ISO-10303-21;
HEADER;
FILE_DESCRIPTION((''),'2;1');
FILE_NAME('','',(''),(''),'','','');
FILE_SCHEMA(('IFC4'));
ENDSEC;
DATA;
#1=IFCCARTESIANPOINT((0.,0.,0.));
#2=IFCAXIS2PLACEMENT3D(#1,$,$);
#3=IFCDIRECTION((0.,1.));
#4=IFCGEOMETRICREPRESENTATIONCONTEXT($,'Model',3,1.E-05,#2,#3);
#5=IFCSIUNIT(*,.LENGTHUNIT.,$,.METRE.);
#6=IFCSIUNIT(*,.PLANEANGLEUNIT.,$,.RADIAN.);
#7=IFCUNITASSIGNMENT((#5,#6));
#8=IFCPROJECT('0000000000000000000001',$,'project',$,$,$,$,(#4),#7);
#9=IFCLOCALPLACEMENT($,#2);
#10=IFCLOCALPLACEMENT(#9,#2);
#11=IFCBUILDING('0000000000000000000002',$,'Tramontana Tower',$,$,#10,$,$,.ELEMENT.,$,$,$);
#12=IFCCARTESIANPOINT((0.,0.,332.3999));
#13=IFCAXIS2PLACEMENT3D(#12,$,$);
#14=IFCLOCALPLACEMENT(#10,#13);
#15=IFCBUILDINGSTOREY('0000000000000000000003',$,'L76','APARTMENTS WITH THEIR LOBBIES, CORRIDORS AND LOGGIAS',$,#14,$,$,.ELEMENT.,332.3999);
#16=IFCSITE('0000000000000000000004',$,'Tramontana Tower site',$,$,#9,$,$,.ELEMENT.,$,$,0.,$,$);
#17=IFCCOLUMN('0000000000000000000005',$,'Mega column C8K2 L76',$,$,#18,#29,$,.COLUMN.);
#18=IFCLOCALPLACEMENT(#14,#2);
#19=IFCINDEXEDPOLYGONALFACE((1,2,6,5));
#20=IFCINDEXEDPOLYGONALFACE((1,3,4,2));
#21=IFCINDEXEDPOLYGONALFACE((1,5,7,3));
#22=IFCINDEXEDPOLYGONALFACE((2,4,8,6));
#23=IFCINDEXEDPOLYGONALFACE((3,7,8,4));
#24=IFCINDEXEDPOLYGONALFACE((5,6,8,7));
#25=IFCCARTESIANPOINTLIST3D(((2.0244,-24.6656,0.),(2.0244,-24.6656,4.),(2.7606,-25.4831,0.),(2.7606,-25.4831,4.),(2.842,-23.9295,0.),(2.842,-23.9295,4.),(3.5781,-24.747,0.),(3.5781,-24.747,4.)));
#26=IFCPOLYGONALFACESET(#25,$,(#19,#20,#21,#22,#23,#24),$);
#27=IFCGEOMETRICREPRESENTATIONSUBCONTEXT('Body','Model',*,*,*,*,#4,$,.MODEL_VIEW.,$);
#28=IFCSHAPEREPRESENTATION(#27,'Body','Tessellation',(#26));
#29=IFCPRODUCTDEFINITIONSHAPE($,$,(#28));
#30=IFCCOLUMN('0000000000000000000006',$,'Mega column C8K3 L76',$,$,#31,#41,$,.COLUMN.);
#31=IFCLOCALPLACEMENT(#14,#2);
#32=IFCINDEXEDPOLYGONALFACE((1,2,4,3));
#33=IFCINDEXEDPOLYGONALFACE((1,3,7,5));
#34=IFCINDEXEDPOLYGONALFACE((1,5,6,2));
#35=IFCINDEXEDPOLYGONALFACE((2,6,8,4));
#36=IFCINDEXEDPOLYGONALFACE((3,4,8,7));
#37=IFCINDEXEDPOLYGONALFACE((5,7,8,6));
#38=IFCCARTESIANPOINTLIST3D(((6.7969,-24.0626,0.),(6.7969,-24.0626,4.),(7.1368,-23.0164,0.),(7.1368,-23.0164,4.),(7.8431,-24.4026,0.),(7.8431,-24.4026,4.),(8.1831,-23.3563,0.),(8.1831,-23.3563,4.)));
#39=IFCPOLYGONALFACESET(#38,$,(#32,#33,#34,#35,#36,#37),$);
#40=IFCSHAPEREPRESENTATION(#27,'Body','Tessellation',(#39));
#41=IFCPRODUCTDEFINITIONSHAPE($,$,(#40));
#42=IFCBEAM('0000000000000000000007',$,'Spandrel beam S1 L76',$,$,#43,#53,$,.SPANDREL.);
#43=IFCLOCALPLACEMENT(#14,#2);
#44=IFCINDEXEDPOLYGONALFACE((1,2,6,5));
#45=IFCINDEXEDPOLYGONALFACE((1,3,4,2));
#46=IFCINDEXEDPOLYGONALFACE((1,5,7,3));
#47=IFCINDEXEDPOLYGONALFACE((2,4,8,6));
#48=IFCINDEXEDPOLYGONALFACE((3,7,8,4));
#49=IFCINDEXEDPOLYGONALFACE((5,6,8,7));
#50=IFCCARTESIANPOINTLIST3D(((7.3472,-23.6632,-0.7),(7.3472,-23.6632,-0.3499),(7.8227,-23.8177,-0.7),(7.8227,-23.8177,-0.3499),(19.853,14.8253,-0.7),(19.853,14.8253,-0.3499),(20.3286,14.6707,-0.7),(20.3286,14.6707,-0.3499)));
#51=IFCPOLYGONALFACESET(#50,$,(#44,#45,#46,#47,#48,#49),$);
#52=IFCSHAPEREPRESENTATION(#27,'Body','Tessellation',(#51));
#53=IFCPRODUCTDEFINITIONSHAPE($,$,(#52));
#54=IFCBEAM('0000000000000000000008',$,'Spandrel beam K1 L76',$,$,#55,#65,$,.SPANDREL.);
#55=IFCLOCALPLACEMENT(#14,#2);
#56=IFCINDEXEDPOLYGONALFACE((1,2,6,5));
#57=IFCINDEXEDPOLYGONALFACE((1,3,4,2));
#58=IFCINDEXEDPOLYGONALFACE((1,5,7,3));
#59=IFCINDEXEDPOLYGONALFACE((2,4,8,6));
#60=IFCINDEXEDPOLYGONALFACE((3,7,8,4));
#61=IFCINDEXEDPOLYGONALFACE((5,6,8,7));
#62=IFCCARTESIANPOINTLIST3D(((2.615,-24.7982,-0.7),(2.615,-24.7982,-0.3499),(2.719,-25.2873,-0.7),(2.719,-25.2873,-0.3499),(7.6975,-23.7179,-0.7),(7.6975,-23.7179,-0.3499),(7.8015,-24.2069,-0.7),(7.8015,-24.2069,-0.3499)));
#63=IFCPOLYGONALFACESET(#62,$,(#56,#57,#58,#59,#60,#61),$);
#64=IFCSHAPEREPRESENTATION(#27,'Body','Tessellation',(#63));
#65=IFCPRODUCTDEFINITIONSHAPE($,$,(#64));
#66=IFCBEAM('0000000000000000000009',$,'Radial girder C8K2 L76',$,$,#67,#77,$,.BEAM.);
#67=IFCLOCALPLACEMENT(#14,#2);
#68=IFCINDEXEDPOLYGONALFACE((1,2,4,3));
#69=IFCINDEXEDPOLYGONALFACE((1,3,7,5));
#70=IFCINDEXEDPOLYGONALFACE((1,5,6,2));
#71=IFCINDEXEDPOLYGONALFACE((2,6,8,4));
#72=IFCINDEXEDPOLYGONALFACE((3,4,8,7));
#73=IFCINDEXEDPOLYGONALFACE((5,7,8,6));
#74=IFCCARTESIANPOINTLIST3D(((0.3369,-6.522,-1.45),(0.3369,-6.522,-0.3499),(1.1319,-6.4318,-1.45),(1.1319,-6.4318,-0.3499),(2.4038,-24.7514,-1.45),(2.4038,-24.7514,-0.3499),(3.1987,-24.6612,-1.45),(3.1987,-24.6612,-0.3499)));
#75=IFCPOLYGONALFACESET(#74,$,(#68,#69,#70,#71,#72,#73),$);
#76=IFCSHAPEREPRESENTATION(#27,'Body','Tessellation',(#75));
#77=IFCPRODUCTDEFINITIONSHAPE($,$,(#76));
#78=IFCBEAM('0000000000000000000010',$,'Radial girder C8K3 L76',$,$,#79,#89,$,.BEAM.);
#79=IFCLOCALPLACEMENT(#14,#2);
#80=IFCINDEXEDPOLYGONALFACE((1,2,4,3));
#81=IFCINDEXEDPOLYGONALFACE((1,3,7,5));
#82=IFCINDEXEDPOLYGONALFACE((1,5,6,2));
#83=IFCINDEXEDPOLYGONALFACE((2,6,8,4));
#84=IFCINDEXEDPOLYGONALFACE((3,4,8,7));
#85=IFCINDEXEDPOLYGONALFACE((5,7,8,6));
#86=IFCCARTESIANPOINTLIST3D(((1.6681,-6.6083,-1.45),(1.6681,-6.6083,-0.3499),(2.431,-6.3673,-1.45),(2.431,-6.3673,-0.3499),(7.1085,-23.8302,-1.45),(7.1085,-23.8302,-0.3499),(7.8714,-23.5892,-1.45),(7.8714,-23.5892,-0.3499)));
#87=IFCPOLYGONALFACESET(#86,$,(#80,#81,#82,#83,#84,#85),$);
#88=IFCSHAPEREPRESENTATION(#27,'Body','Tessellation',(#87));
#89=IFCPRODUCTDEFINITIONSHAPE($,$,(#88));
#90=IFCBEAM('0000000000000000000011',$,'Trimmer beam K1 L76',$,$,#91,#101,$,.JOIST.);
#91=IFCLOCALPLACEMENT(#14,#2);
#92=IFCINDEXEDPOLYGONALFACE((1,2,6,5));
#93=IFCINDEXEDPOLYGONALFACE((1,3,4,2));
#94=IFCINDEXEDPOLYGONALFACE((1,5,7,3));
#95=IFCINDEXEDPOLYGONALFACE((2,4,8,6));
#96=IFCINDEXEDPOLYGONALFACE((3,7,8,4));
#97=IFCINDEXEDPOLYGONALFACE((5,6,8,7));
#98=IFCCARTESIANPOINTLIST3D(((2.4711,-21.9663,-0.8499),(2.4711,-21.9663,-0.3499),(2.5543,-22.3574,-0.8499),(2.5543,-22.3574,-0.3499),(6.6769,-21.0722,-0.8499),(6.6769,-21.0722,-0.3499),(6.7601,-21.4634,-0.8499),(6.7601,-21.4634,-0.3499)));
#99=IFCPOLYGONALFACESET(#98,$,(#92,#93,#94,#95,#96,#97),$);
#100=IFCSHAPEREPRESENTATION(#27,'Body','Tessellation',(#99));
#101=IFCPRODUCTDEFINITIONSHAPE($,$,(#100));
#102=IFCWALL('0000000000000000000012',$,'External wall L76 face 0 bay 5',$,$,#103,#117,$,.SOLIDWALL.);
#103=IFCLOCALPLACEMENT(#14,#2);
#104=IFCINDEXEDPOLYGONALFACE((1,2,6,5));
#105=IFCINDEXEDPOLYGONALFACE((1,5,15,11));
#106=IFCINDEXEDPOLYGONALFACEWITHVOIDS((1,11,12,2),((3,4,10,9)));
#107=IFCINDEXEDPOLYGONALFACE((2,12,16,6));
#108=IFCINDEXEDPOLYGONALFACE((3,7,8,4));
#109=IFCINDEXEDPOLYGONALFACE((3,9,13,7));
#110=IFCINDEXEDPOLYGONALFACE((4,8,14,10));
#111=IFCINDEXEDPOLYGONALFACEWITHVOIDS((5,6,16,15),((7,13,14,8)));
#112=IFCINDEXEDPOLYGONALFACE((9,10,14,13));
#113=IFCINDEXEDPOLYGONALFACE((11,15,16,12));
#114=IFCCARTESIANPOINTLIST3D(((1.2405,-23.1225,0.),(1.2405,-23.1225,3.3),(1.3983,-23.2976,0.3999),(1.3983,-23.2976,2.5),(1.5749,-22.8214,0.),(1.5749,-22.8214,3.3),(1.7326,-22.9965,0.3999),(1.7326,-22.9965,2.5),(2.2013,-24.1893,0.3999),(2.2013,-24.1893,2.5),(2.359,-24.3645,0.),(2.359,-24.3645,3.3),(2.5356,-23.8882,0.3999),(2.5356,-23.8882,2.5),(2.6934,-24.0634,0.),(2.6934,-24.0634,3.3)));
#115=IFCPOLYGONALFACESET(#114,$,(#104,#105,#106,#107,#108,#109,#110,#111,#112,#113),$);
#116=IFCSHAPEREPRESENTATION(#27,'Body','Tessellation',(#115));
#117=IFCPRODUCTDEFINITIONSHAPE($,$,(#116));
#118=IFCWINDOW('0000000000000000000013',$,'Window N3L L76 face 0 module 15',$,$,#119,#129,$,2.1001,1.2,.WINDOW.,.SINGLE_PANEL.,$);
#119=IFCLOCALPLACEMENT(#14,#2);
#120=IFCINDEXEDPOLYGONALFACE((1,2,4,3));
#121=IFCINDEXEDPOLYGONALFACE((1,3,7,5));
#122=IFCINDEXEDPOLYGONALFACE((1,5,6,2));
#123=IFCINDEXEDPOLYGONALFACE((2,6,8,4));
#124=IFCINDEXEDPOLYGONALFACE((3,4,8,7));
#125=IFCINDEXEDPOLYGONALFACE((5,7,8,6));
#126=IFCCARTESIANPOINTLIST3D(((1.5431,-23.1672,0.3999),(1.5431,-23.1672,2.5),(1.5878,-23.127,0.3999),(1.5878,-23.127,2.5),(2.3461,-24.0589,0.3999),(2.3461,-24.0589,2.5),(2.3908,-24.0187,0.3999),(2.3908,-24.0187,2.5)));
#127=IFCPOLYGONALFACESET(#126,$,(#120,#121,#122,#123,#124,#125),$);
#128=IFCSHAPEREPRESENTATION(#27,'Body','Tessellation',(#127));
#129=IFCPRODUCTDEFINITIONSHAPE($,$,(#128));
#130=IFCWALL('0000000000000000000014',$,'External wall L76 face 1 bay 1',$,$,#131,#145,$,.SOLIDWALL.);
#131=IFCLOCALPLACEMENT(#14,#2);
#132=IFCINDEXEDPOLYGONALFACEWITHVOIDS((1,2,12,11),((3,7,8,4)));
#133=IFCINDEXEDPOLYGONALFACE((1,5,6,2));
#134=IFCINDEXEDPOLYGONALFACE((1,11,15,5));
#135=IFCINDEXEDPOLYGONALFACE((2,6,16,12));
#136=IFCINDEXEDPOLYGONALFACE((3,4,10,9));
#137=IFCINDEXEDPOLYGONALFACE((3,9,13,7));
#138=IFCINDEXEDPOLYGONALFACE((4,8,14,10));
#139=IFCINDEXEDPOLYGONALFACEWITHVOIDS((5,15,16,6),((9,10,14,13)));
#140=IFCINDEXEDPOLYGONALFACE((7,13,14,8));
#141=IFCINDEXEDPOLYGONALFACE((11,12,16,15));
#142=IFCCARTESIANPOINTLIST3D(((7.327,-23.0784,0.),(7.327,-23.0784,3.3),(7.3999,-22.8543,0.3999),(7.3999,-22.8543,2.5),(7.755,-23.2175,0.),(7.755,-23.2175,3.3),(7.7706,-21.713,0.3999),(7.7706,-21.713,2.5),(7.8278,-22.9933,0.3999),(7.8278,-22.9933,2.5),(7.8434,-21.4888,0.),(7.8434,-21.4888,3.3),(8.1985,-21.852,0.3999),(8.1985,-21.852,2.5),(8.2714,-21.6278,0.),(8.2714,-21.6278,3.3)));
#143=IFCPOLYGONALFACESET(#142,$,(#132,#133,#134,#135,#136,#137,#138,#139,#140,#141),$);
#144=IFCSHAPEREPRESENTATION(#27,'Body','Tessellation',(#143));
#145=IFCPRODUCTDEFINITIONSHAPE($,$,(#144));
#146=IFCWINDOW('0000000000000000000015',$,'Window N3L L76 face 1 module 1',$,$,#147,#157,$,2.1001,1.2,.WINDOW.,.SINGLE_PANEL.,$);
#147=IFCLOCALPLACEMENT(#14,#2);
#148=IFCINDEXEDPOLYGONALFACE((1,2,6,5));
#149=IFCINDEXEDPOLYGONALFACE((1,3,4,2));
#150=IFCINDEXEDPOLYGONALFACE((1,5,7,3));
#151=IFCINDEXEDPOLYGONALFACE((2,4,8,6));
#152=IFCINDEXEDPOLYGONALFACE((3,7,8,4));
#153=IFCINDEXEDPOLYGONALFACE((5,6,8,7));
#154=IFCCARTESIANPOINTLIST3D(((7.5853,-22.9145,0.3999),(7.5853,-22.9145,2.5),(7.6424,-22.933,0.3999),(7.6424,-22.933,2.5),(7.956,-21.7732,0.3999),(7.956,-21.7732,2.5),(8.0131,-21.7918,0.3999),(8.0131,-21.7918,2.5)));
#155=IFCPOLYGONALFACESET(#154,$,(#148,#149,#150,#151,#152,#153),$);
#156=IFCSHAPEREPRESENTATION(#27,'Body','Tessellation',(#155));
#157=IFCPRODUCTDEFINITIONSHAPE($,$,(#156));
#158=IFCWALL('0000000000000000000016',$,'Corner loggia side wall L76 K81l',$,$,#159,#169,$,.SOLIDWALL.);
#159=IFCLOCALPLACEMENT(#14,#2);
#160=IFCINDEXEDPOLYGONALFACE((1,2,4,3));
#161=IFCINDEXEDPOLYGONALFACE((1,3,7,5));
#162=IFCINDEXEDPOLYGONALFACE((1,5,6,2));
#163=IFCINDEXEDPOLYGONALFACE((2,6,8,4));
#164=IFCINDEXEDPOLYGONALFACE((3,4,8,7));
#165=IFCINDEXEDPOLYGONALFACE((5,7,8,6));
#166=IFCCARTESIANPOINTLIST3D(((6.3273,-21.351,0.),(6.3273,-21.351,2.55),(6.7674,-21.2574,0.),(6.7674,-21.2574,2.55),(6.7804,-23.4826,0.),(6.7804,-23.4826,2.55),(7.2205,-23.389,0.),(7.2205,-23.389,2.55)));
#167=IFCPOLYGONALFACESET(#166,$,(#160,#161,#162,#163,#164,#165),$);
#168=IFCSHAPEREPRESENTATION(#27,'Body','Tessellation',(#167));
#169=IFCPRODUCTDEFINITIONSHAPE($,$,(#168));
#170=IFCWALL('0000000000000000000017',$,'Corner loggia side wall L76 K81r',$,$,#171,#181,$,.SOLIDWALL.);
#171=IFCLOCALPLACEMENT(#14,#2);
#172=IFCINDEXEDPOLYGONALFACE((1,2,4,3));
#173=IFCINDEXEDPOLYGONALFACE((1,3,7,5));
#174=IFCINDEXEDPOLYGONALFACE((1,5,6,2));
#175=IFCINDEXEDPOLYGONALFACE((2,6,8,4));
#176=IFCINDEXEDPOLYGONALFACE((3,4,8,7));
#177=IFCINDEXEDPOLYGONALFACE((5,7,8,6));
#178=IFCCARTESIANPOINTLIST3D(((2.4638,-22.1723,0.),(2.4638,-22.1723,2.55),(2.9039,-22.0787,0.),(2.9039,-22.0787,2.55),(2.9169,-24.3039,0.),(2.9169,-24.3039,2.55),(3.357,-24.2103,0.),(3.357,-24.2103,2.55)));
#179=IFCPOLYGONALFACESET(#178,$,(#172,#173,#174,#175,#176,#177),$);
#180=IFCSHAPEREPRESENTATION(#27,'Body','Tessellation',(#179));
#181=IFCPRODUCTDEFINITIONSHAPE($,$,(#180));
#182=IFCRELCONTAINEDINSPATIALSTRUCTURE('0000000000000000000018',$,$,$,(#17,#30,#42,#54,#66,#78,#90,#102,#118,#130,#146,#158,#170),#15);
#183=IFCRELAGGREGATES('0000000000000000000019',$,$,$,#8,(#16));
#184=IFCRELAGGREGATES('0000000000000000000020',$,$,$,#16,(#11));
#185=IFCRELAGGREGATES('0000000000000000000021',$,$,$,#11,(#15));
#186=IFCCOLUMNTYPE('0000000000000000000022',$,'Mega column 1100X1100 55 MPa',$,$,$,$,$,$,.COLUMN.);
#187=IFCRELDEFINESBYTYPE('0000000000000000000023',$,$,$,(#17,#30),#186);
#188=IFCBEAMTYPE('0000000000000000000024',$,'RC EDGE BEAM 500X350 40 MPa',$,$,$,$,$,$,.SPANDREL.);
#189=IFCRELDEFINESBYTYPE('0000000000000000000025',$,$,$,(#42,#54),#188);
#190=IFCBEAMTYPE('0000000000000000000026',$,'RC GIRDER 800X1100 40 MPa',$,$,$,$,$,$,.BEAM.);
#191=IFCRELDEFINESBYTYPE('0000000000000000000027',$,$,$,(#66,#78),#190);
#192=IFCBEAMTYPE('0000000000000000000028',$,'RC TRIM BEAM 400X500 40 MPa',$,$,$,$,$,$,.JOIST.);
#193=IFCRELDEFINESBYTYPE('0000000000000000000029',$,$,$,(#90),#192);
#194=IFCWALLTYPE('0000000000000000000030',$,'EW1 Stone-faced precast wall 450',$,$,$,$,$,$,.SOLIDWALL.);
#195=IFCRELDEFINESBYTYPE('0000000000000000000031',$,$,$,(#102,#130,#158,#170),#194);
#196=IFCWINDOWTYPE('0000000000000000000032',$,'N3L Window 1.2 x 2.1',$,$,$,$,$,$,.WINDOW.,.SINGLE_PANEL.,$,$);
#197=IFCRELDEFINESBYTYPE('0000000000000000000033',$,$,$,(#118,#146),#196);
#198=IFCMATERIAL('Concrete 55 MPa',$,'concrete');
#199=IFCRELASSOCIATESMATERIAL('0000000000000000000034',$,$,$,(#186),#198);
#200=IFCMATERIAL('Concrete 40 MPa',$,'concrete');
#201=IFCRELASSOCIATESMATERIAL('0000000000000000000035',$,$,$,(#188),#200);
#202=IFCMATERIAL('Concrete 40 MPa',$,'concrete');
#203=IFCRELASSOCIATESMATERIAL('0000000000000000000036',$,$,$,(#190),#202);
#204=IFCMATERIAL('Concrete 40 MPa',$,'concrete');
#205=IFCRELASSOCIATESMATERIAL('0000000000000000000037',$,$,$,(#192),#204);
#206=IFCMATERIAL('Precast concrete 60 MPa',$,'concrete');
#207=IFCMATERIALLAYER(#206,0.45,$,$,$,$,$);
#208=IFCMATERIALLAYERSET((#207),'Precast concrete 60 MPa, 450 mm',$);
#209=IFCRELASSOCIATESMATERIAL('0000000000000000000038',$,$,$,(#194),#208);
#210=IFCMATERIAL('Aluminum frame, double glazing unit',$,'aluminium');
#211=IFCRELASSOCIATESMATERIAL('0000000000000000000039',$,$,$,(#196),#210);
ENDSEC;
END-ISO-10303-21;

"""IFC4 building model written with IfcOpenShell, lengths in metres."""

from ifc_helpers import new_model, si_unit, direction, frame, frame_2d, origin, origin_2d, place, context, subcontext, project, spatial, rectangle, extrude, material, layer, layer_set, material_profile, profile_set, type_object, element, fill, save


model = new_model("IFC4")

# Units and contexts
model_context = context("Model", 3, precision=1e-05, world=origin(), true_north=direction((0.0, 1.0)))
body_context = subcontext(model_context, "Body", "Model", "MODEL_VIEW")
ifc_project = project(units=[si_unit("LENGTHUNIT", "METRE"), si_unit("PLANEANGLEUNIT", "RADIAN")], contexts=[model_context])

# Site, building, storey
site_placement = place(None, origin())
site = spatial("IfcSite", under=ifc_project, at=site_placement, Name="Tramontana Tower site", CompositionType="ELEMENT", RefElevation=0.0)
building_placement = place(site_placement, origin())
building = spatial("IfcBuilding", under=site, at=building_placement, Name="Tramontana Tower", CompositionType="ELEMENT")
storey_placement = place(building_placement, frame((0.0, 0.0, 332.3999)))
storey = spatial("IfcBuildingStorey", under=building, at=storey_placement, Name="L76", Description="APARTMENTS WITH THEIR LOBBIES, CORRIDORS AND LOGGIAS", CompositionType="ELEMENT", Elevation=332.3999)

# Columns
ifc_material_1 = material(Name="Concrete 55 MPa", Category="concrete")
ifc_material_profile_1 = material_profile(ifc_material_1, rectangle(XDim=1.1001, YDim=1.1001, at=origin_2d()), Name="Mega column 1100X1100 55 MPa")
ifc_profile_set_1 = profile_set([ifc_material_profile_1], Name="Concrete 55 MPa")
column_type = type_object("IfcColumnType", Name="Mega column 1100X1100 55 MPa", PredefinedType="COLUMN", material=ifc_profile_set_1)
for number, where, z_axis, x_axis, name in (
    (1, (2.8013, -24.7063, 0.0), (0.0, 0.0, 1.0), (0.669131, -0.743145, 0.0), "Mega column C8K2 L76"),
    (2, (7.49, -23.7095, 0.0), (0.0, 0.0, 1.0), (0.309017, 0.951057, 0.0), "Mega column C8K3 L76"),
):
    element("IfcColumn", number, at=place(storey_placement, frame(where, z_axis=z_axis, x_axis=x_axis)), inside=storey, type_object=column_type, Name=name, PredefinedType="COLUMN", context=body_context, shape_type="SweptSolid", body=[
        extrude(rectangle(XDim=1.1001, YDim=1.1001, at=origin_2d()), origin(), (0.0, 0.0, 1.0), 4.0),
    ])

# Beams
ifc_material_2 = material(Name="Concrete 40 MPa", Category="concrete")
ifc_material_profile_2 = material_profile(ifc_material_2, rectangle(XDim=0.5, YDim=0.3501, at=origin_2d()), Name="RC EDGE BEAM 500X350 40 MPa")
ifc_profile_set_2 = profile_set([ifc_material_profile_2], Name="Concrete 40 MPa")
beam_type_1 = type_object("IfcBeamType", Name="RC EDGE BEAM 500X350 40 MPa", PredefinedType="SPANDREL", material=ifc_profile_set_2)
beam_1_placement = place(storey_placement, frame((7.585, -23.7405, -0.5249), z_axis=(0.309021, 0.951055, 0.0), x_axis=(-0.951055, 0.309021, 0.0)))
element("IfcBeam", 3, at=beam_1_placement, inside=storey, type_object=beam_type_1, Name="Spandrel beam S1 L76", PredefinedType="SPANDREL", context=body_context, shape_type="SweptSolid", body=[
    extrude(rectangle(XDim=0.5, YDim=0.3501, at=origin_2d()), origin(), (0.0, 0.0, 1.0), 40.4692),
])
beam_2_placement = place(storey_placement, frame((2.667, -25.0427, -0.5249), z_axis=(0.978148, 0.207912, 0.0), x_axis=(-0.207912, 0.978148, 0.0)))
element("IfcBeam", 4, at=beam_2_placement, inside=storey, type_object=beam_type_1, Name="Spandrel beam K1 L76", PredefinedType="SPANDREL", context=body_context, shape_type="SweptSolid", body=[
    extrude(rectangle(XDim=0.5, YDim=0.3501, at=origin_2d()), origin(), (0.0, 0.0, 1.0), 5.196),
])
ifc_material_3 = material(Name="Concrete 40 MPa", Category="concrete")
ifc_material_profile_3 = material_profile(ifc_material_3, rectangle(XDim=0.8, YDim=1.1001, at=origin_2d()), Name="RC GIRDER 800X1100 40 MPa")
ifc_profile_set_3 = profile_set([ifc_material_profile_3], Name="Concrete 40 MPa")
beam_type_2 = type_object("IfcBeamType", Name="RC GIRDER 800X1100 40 MPa", PredefinedType="BEAM", material=ifc_profile_set_3)
beam_3_placement = place(storey_placement, frame((2.8013, -24.7063, -0.8999), z_axis=(-0.11266, 0.993634, 0.0), x_axis=(-0.993634, -0.11266, 0.0)))
element("IfcBeam", 5, at=beam_3_placement, inside=storey, type_object=beam_type_2, Name="Radial girder C8K2 L76", PredefinedType="BEAM", context=body_context, shape_type="SweptSolid", body=[
    extrude(rectangle(XDim=0.8, YDim=1.1001, at=origin_2d()), origin(), (0.0, 0.0, 1.0), 18.3462),
])
beam_4_placement = place(storey_placement, frame((7.49, -23.7097, -0.8999), z_axis=(-0.301228, 0.953552, 0.0), x_axis=(-0.953552, -0.301228, 0.0)))
element("IfcBeam", 6, at=beam_4_placement, inside=storey, type_object=beam_type_2, Name="Radial girder C8K3 L76", PredefinedType="BEAM", context=body_context, shape_type="SweptSolid", body=[
    extrude(rectangle(XDim=0.8, YDim=1.1001, at=origin_2d()), origin(), (0.0, 0.0, 1.0), 18.0608),
])
ifc_material_4 = material(Name="Concrete 40 MPa", Category="concrete")
ifc_material_profile_4 = material_profile(ifc_material_4, rectangle(XDim=0.3999, YDim=0.5, at=origin_2d()), Name="RC TRIM BEAM 400X500 40 MPa")
ifc_profile_set_4 = profile_set([ifc_material_profile_4], Name="Concrete 40 MPa")
beam_type_3 = type_object("IfcBeamType", Name="RC TRIM BEAM 400X500 40 MPa", PredefinedType="JOIST", material=ifc_profile_set_4)
beam_5_placement = place(storey_placement, frame((2.5127, -22.1619, -0.5999), z_axis=(0.978144, 0.207927, 0.0), x_axis=(-0.207927, 0.978144, 0.0)))
element("IfcBeam", 7, at=beam_5_placement, inside=storey, type_object=beam_type_3, Name="Trimmer beam K1 L76", PredefinedType="JOIST", context=body_context, shape_type="SweptSolid", body=[
    extrude(rectangle(XDim=0.3999, YDim=0.5, at=origin_2d()), origin(), (0.0, 0.0, 1.0), 4.2998),
])

# Walls, openings, windows
ifc_material_5 = material(Name="Precast concrete 60 MPa", Category="concrete")
ifc_layer_1 = layer(ifc_material_5, 0.45)
ifc_layer_set_1 = layer_set([ifc_layer_1], Name="Precast concrete 60 MPa, 450 mm")
wall_type_1 = type_object("IfcWallType", Name="EW1 Stone-faced precast wall 450", PredefinedType="SOLIDWALL", material=ifc_layer_set_1)
wall_1_placement = place(storey_placement, frame((1.4077, -22.9719, 0.0), z_axis=(0.0, 0.0, 1.0), x_axis=(0.669183, -0.743098, 0.0)))
wall_1 = element("IfcWall", 8, at=wall_1_placement, inside=storey, type_object=wall_type_1, Name="External wall L76 face 0 bay 5", PredefinedType="SOLIDWALL", context=body_context, shape_type="SweptSolid", body=[
    extrude(rectangle(XDim=1.6714, YDim=0.45, at=frame_2d((0.8357, 0.0))), origin(), (0.0, 0.0, 1.0), 3.3),
])
opening_1_placement = place(wall_1_placement, frame((0.2356, 0.0, 0.3999)))
opening_1 = element("IfcOpeningElement", 9, at=opening_1_placement, cuts=wall_1, PredefinedType="OPENING", context=body_context, shape_type="SweptSolid", body=[
    extrude(rectangle(XDim=1.2, YDim=2.1001, at=frame_2d((0.6001, 1.05))), frame((0.0, 0.2349, 0.0), z_axis=(0.0, -1.0, 0.0), x_axis=(1.0, 0.0, 0.0)), (0.0, 0.0, 1.0), 0.47),
])
ifc_material_6 = material(Name="Aluminum frame, double glazing unit", Category="aluminium")
window_type = type_object("IfcWindowType", Name="N3L Window 1.2 x 2.1", PartitioningType="SINGLE_PANEL", PredefinedType="WINDOW", material=ifc_material_6)
window_1_placement = place(opening_1_placement, origin())
window_1 = element("IfcWindow", 10, at=window_1_placement, inside=storey, type_object=window_type, Name="Window N3L L76 face 0 module 15", OverallHeight=2.1001, OverallWidth=1.2, PartitioningType="SINGLE_PANEL", PredefinedType="WINDOW", context=body_context, shape_type="SweptSolid", body=[
    extrude(rectangle(XDim=1.2, YDim=2.1001, at=frame_2d((0.6001, 1.05))), frame((0.0, 0.03, 0.0), z_axis=(0.0, -1.0, 0.0), x_axis=(1.0, 0.0, 0.0)), (0.0, 0.0, 1.0), 0.0601),
])
fill(opening_1, window_1)
wall_2_placement = place(storey_placement, frame((7.541, -23.1479, 0.0), z_axis=(0.0, 0.0, 1.0), x_axis=(0.308944, 0.95108, 0.0)))
wall_2 = element("IfcWall", 11, at=wall_2_placement, inside=storey, type_object=wall_type_1, Name="External wall L76 face 1 bay 1", PredefinedType="SOLIDWALL", context=body_context, shape_type="SweptSolid", body=[
    extrude(rectangle(XDim=1.6714, YDim=0.45, at=frame_2d((0.8357, 0.0))), origin(), (0.0, 0.0, 1.0), 3.3),
])
opening_2_placement = place(wall_2_placement, frame((0.2356, 0.0, 0.3999)))
opening_2 = element("IfcOpeningElement", 12, at=opening_2_placement, cuts=wall_2, PredefinedType="OPENING", context=body_context, shape_type="SweptSolid", body=[
    extrude(rectangle(XDim=1.2, YDim=2.1001, at=frame_2d((0.6001, 1.05))), frame((0.0, 0.2349, 0.0), z_axis=(0.0, -1.0, 0.0), x_axis=(1.0, 0.0, 0.0)), (0.0, 0.0, 1.0), 0.47),
])
window_2_placement = place(opening_2_placement, origin())
window_2 = element("IfcWindow", 13, at=window_2_placement, inside=storey, type_object=window_type, Name="Window N3L L76 face 1 module 1", OverallHeight=2.1001, OverallWidth=1.2, PartitioningType="SINGLE_PANEL", PredefinedType="WINDOW", context=body_context, shape_type="SweptSolid", body=[
    extrude(rectangle(XDim=1.2, YDim=2.1001, at=frame_2d((0.6001, 1.05))), frame((0.0, 0.03, 0.0), z_axis=(0.0, -1.0, 0.0), x_axis=(1.0, 0.0, 0.0)), (0.0, 0.0, 1.0), 0.0601),
])
fill(opening_2, window_2)

# Walls
for number, where, z_axis, x_axis, name in (
    (14, (7.0005, -23.4358, 0.0), (0.0, 0.0, 1.0), (-0.20793, 0.978144, 0.0), "Corner loggia side wall L76 K81l"),
    (15, (3.137, -24.2571, 0.0), (0.0, 0.0, 1.0), (-0.20793, 0.978144, 0.0), "Corner loggia side wall L76 K81r"),
):
    element("IfcWall", number, at=place(storey_placement, frame(where, z_axis=z_axis, x_axis=x_axis)), inside=storey, type_object=wall_type_1, Name=name, PredefinedType="SOLIDWALL", context=body_context, shape_type="SweptSolid", body=[
        extrude(rectangle(XDim=2.1792, YDim=0.45, at=frame_2d((1.0896, 0.0))), origin(), (0.0, 0.0, 1.0), 2.55),
    ])

save(model, "model.ifc")
